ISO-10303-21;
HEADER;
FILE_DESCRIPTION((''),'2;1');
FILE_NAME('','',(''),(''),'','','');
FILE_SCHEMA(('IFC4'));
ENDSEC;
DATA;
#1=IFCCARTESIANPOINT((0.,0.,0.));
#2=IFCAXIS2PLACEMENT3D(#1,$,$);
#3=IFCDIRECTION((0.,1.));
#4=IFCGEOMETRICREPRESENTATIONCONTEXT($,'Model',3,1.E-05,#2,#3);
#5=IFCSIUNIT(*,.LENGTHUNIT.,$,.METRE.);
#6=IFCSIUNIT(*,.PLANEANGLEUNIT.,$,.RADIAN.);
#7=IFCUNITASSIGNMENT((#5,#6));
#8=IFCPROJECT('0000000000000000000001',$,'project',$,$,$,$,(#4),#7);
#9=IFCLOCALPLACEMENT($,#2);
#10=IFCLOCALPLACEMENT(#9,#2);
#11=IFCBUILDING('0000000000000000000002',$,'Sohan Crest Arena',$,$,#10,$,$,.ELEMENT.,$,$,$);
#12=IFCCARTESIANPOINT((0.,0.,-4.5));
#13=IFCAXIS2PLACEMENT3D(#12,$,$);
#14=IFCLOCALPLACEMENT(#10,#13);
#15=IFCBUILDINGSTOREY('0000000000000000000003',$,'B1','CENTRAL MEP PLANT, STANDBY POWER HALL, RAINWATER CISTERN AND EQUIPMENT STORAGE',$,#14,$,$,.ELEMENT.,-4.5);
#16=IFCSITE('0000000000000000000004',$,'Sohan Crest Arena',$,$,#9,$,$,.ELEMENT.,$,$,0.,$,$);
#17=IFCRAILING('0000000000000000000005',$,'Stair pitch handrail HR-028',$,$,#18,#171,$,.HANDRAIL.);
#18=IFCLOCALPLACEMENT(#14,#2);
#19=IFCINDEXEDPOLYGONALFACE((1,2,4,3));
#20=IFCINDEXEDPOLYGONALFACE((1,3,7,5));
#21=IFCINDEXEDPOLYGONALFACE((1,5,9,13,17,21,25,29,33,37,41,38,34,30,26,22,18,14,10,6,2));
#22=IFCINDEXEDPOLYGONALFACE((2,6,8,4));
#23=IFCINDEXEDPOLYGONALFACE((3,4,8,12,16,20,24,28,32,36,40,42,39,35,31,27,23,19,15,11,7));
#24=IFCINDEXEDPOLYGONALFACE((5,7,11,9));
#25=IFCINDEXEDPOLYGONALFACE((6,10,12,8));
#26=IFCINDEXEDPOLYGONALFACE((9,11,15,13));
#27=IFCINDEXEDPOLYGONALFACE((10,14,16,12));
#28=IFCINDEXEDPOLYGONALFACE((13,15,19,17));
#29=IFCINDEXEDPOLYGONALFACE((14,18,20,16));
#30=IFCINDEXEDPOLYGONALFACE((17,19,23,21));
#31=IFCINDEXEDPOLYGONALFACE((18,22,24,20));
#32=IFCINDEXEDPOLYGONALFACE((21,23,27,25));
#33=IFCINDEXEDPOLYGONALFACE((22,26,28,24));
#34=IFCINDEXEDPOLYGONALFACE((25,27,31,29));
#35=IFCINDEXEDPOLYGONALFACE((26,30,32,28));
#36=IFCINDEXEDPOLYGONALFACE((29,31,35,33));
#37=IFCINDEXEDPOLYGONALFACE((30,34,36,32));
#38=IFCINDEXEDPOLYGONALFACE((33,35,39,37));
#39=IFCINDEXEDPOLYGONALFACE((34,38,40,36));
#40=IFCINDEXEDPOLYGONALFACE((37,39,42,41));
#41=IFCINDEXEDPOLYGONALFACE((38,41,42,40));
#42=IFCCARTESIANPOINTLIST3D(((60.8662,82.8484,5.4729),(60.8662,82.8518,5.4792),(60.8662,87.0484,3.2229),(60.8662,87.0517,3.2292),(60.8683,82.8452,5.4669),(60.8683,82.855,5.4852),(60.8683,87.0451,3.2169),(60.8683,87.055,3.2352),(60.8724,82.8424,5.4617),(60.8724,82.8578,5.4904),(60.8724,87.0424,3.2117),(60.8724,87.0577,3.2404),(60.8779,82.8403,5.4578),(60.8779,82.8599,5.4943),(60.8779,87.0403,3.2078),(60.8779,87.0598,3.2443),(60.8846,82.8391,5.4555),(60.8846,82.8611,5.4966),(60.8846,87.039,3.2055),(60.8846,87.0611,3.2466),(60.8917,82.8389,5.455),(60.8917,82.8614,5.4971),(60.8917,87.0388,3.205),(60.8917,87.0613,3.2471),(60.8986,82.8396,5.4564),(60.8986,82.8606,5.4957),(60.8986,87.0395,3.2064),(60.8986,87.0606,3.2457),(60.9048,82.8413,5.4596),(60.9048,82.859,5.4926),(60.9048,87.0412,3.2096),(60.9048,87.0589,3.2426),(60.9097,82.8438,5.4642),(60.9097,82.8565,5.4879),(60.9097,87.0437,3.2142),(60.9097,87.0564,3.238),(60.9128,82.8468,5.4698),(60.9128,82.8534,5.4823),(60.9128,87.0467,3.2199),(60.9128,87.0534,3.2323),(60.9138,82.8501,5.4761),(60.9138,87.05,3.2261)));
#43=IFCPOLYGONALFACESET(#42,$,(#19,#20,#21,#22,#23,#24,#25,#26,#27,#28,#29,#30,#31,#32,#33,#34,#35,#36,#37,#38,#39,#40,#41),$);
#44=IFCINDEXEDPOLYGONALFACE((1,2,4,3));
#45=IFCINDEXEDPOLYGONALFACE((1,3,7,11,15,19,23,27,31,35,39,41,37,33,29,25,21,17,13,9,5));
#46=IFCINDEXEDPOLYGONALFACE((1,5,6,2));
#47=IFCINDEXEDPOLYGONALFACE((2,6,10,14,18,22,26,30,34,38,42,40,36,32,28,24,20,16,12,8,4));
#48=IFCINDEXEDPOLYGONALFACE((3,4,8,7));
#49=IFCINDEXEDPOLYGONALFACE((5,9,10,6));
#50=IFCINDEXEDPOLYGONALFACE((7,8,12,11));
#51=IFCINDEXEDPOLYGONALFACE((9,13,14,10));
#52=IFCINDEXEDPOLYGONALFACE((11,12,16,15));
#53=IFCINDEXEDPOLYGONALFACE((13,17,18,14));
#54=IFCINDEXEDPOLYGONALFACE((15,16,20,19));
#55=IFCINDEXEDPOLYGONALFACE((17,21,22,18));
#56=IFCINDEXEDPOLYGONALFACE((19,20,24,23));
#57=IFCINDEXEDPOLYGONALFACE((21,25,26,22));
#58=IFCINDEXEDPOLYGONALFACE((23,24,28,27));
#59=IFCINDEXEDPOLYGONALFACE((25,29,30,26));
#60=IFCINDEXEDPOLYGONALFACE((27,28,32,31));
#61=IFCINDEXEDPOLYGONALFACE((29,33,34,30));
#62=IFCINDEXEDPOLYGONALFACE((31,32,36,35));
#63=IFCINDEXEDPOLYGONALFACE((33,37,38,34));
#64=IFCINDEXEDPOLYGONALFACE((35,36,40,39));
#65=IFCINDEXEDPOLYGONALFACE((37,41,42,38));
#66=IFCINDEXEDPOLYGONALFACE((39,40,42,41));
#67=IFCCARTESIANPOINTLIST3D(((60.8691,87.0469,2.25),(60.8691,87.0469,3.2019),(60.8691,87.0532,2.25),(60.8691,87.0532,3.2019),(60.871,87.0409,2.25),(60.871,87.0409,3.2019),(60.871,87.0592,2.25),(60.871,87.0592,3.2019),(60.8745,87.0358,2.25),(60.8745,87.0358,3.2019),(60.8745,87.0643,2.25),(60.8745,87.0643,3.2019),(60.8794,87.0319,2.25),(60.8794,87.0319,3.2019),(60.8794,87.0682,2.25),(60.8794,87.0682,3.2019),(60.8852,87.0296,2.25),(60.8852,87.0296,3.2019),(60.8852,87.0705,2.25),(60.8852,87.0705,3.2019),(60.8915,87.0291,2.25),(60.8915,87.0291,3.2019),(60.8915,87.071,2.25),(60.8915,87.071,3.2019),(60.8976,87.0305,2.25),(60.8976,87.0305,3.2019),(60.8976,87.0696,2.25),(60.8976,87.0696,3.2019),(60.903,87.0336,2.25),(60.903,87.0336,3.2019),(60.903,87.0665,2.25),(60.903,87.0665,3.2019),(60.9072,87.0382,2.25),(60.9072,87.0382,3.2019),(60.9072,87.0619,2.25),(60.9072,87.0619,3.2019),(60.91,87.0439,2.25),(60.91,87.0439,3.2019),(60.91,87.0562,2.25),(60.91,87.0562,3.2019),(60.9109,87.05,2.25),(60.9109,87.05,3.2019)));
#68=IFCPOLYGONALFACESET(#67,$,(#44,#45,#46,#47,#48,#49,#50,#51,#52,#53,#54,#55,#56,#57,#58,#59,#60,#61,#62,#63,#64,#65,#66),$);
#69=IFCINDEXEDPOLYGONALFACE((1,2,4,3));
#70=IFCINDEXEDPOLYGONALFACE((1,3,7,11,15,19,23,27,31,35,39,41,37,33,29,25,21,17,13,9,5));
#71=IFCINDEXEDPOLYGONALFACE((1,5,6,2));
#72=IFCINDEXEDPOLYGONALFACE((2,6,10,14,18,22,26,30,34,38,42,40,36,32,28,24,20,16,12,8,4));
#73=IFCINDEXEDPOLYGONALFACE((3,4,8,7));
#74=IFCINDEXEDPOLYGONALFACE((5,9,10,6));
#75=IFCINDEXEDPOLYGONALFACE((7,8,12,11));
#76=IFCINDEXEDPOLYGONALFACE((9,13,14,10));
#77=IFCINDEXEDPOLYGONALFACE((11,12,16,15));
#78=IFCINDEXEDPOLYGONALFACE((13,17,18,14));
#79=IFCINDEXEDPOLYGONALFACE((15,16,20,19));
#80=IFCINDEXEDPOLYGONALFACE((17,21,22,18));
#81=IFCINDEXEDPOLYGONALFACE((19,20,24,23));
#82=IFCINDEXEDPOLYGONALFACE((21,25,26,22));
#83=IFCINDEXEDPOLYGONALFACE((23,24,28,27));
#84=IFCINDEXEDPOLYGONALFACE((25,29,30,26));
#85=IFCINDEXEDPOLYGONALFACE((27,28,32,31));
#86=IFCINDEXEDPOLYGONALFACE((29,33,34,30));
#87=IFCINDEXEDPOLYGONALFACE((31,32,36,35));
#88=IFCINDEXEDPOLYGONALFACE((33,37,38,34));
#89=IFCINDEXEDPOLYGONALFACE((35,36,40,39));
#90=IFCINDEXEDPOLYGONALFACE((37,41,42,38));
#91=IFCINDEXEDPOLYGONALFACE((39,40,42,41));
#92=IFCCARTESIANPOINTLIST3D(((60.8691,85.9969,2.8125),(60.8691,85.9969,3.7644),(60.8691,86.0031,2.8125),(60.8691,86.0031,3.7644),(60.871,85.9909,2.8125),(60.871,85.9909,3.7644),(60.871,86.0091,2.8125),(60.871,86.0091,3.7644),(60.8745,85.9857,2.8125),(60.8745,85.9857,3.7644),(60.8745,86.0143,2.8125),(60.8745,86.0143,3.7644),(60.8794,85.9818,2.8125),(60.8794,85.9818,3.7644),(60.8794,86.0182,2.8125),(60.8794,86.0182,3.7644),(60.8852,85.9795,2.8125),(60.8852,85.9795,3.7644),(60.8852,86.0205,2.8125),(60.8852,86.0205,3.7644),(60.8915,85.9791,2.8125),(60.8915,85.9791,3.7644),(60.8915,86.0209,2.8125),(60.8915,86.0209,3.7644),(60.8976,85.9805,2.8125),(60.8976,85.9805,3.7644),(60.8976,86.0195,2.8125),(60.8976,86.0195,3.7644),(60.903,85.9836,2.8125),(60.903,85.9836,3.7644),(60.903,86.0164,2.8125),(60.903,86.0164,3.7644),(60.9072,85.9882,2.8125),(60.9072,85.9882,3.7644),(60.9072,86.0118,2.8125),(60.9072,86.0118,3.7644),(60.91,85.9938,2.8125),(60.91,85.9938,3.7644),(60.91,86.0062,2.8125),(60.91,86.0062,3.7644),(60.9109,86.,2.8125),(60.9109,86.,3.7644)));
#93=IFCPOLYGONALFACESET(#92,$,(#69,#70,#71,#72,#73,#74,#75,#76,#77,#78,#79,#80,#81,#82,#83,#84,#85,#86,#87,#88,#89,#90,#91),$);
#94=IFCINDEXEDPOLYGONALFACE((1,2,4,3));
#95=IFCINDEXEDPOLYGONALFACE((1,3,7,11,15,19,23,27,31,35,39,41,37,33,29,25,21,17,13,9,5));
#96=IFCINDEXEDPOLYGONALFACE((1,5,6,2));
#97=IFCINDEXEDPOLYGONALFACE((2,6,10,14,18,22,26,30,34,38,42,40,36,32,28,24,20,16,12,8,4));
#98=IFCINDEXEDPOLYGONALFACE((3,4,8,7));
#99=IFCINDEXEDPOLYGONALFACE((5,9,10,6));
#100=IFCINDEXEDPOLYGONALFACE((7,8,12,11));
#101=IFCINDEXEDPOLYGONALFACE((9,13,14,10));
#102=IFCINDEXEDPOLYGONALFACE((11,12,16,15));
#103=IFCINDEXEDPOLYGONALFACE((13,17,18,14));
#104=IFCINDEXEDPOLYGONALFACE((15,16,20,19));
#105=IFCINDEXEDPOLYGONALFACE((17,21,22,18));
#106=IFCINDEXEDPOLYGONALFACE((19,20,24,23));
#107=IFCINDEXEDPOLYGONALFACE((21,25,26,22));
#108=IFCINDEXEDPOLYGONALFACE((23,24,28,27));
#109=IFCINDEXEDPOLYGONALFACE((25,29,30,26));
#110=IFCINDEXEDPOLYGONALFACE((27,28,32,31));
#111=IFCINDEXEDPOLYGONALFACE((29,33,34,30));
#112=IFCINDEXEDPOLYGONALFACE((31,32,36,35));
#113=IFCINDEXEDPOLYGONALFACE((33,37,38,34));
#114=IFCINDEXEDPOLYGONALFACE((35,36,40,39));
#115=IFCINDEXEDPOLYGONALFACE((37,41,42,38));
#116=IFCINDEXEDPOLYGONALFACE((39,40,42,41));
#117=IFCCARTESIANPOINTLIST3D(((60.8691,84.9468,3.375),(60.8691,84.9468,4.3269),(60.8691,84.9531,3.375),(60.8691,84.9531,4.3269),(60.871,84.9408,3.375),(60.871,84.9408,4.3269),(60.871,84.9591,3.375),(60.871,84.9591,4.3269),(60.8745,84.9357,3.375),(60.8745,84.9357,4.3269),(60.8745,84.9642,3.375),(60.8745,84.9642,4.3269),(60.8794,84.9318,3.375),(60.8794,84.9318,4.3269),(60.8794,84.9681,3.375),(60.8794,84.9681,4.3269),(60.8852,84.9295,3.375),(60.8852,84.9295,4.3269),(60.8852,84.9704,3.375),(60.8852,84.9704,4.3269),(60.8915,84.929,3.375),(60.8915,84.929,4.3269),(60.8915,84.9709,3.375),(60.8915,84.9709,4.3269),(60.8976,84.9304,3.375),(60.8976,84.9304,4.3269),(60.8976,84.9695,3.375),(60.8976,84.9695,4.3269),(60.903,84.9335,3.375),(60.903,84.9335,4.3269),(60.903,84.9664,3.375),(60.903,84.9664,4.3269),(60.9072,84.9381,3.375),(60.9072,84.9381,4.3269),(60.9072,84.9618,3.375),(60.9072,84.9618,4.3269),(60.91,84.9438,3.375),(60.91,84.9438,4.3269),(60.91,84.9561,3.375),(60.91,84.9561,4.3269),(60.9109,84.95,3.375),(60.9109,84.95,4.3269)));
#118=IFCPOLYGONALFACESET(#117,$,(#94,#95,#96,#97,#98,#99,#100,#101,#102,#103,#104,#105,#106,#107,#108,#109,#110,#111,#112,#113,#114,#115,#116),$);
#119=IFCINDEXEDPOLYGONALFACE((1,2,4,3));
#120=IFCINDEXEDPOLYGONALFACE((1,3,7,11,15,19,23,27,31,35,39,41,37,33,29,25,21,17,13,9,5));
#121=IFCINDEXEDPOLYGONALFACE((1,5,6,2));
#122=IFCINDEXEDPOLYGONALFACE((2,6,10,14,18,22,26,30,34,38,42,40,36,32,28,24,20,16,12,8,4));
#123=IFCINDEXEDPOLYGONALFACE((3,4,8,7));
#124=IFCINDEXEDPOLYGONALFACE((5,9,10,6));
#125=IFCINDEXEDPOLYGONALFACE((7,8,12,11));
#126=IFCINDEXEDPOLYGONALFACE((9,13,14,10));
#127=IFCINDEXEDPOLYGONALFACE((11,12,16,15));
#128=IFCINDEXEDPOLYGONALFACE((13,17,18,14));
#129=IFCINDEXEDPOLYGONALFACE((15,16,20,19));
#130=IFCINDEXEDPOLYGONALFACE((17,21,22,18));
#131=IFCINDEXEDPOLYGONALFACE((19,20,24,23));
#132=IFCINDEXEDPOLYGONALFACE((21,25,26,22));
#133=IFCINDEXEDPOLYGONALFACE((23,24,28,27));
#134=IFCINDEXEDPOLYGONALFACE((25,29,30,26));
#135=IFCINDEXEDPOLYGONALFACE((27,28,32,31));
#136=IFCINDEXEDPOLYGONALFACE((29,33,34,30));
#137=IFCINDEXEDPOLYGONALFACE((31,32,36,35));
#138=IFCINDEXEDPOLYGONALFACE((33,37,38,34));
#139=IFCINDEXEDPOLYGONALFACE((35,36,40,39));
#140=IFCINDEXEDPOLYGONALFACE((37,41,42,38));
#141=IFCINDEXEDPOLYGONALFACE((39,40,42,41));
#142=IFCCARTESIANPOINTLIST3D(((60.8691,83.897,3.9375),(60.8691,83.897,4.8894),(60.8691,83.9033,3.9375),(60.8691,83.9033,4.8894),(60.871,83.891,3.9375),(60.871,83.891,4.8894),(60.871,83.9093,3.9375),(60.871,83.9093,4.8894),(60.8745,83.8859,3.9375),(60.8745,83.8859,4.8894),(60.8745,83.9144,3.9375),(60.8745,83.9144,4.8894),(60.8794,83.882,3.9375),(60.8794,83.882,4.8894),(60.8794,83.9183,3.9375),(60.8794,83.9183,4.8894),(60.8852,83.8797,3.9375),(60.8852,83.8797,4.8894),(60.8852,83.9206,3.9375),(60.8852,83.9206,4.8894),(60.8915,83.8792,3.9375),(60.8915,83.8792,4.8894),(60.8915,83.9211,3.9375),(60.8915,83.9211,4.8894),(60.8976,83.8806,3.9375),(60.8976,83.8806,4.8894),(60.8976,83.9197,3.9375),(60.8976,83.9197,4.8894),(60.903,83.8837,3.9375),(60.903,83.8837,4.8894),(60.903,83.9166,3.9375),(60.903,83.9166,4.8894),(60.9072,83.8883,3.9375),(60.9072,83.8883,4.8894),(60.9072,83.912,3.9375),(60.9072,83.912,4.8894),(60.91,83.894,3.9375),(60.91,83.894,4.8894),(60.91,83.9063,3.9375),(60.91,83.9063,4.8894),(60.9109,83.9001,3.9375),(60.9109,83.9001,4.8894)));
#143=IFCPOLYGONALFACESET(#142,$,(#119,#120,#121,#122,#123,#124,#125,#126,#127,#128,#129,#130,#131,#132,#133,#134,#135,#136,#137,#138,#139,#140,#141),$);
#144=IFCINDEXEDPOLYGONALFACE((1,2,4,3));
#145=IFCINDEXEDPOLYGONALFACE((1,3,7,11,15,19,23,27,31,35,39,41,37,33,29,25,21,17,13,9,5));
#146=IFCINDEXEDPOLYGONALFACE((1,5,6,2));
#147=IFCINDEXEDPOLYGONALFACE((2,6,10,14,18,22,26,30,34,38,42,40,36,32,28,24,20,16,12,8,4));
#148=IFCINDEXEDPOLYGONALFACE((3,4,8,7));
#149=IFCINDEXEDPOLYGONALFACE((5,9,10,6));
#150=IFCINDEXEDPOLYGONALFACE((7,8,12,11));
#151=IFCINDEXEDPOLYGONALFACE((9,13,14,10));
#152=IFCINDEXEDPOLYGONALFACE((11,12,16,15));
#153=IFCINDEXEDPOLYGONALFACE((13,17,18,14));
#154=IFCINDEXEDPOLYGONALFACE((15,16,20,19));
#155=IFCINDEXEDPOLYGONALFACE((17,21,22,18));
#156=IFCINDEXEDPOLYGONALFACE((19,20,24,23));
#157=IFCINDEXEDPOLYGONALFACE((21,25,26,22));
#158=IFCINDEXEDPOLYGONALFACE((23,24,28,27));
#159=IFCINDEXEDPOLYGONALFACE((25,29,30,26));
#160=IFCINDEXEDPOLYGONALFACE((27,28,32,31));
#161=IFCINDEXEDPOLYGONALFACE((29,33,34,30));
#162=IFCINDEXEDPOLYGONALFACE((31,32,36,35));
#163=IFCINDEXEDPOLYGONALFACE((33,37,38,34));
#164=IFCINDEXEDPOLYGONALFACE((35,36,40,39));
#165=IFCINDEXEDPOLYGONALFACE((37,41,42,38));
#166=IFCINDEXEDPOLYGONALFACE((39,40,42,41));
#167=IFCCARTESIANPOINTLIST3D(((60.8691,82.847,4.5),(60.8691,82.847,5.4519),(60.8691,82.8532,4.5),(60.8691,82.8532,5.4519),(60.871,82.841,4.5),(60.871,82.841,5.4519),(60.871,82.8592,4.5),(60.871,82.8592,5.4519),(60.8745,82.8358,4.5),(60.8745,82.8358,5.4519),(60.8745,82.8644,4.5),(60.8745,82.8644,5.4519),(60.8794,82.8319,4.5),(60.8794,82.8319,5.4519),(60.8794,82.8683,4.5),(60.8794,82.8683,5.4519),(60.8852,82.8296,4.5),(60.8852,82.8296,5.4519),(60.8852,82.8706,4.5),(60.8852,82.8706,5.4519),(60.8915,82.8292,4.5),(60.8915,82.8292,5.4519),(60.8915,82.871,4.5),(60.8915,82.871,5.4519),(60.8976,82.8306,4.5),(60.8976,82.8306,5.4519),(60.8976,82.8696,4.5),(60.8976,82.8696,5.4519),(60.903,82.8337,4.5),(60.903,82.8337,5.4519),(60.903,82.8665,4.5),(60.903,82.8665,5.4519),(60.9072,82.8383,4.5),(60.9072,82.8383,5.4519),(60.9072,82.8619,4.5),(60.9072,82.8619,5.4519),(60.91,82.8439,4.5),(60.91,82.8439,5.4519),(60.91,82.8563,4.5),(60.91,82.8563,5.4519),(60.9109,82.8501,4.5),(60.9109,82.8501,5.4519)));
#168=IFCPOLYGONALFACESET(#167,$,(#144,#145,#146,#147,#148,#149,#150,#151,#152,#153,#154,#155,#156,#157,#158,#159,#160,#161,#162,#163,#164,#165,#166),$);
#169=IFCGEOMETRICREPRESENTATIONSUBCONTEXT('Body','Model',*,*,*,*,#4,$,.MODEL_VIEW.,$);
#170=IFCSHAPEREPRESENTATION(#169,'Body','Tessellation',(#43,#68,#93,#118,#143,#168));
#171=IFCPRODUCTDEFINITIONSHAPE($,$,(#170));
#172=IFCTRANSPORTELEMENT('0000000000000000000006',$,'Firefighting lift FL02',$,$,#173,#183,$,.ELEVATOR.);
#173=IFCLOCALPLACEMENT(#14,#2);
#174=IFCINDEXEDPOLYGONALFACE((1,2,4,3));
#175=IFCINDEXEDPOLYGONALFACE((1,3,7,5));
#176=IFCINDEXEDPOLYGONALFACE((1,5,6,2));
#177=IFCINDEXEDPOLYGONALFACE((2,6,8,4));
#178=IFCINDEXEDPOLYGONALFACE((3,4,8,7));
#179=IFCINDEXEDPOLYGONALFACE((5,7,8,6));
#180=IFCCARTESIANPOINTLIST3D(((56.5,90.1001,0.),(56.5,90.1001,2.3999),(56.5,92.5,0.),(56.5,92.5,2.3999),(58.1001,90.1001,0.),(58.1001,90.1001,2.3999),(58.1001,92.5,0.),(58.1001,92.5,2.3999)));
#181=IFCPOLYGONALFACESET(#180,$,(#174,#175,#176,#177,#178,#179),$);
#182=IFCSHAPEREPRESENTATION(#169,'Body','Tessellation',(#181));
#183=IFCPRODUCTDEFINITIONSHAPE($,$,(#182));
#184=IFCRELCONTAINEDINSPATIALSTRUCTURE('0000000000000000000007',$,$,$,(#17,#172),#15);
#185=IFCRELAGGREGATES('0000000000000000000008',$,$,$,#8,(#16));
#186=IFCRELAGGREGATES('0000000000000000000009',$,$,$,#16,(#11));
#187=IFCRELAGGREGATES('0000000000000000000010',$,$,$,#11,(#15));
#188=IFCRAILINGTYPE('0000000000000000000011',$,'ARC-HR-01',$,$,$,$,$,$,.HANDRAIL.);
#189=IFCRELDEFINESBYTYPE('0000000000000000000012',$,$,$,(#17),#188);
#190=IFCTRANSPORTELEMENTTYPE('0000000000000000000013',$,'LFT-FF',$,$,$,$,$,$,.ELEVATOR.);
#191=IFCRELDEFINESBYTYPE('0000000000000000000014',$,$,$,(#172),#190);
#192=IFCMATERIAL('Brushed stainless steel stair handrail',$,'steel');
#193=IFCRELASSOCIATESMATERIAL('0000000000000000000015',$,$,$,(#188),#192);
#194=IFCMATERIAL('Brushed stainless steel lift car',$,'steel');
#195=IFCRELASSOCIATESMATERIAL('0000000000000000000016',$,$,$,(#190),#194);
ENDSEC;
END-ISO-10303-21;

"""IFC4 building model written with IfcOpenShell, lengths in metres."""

from ifc_helpers import new_model, si_unit, direction, frame, origin, origin_2d, place, context, subcontext, project, spatial, rectangle, circle, extrude, material, type_object, element, save


model = new_model("IFC4")

# Units and contexts
model_context = context("Model", 3, precision=1e-05, world=origin(), true_north=direction((0.0, 1.0)))
body_context = subcontext(model_context, "Body", "Model", "MODEL_VIEW")
ifc_project = project(units=[si_unit("LENGTHUNIT", "METRE"), si_unit("PLANEANGLEUNIT", "RADIAN")], contexts=[model_context])

# Site, building, storey
site_placement = place(None, origin())
site = spatial("IfcSite", under=ifc_project, at=site_placement, Name="Sohan Crest Arena", CompositionType="ELEMENT", RefElevation=0.0)
building_placement = place(site_placement, origin())
building = spatial("IfcBuilding", under=site, at=building_placement, Name="Sohan Crest Arena", CompositionType="ELEMENT")
storey_placement = place(building_placement, frame((0.0, 0.0, -4.5)))
storey = spatial("IfcBuildingStorey", under=building, at=storey_placement, Name="B1", Description="CENTRAL MEP PLANT, STANDBY POWER HALL, RAINWATER CISTERN AND EQUIPMENT STORAGE", CompositionType="ELEMENT", Elevation=-4.5)

# Railing
ifc_material_1 = material(Name="Brushed stainless steel stair handrail", Category="steel")
railing_type = type_object("IfcRailingType", Name="ARC-HR-01", PredefinedType="HANDRAIL", material=ifc_material_1)
for number, where, name in (
    (1, (60.8899, 87.05, 2.25), "Stair pitch handrail HR-028"),
):
    element("IfcRailing", number, at=place(storey_placement, frame(where)), inside=storey, type_object=railing_type, Name=name, PredefinedType="HANDRAIL", context=body_context, shape_type="SweptSolid", body=[
        extrude(circle(Radius=0.0239, at=origin_2d()), frame((0.0, 0.0, 0.9761), z_axis=(0.0, -0.881478, 0.472226), x_axis=(1.0, 0.0, 0.0)), (0.0, 0.0, 1.0), 4.7646),
        extrude(circle(Radius=0.021, at=origin_2d()), origin(), (0.0, 0.0, 1.0), 0.9519),
        extrude(circle(Radius=0.021, at=origin_2d()), frame((0.0, -1.05, 0.5625)), (0.0, 0.0, 1.0), 0.9519),
        extrude(circle(Radius=0.021, at=origin_2d()), frame((0.0, -2.1001, 1.125)), (0.0, 0.0, 1.0), 0.9519),
        extrude(circle(Radius=0.021, at=origin_2d()), frame((0.0, -3.1499, 1.6875)), (0.0, 0.0, 1.0), 0.9519),
        extrude(circle(Radius=0.021, at=origin_2d()), frame((0.0, -4.2, 2.25)), (0.0, 0.0, 1.0), 0.9519),
    ])

# Transport element
ifc_material_2 = material(Name="Brushed stainless steel lift car", Category="steel")
transport_element_type = type_object("IfcTransportElementType", Name="LFT-FF", PredefinedType="ELEVATOR", material=ifc_material_2)
transport_element_placement = place(storey_placement, frame((57.3, 91.3, 0.0), z_axis=(0.0, 0.0, 1.0), x_axis=(1.0, 0.0, 0.0)))
element("IfcTransportElement", 2, at=transport_element_placement, inside=storey, type_object=transport_element_type, Name="Firefighting lift FL02", PredefinedType="ELEVATOR", context=body_context, shape_type="SweptSolid", body=[
    extrude(rectangle(XDim=1.6001, YDim=2.3999, at=origin_2d()), origin(), (0.0, 0.0, 1.0), 2.3999),
])

save(model, "model.ifc")
